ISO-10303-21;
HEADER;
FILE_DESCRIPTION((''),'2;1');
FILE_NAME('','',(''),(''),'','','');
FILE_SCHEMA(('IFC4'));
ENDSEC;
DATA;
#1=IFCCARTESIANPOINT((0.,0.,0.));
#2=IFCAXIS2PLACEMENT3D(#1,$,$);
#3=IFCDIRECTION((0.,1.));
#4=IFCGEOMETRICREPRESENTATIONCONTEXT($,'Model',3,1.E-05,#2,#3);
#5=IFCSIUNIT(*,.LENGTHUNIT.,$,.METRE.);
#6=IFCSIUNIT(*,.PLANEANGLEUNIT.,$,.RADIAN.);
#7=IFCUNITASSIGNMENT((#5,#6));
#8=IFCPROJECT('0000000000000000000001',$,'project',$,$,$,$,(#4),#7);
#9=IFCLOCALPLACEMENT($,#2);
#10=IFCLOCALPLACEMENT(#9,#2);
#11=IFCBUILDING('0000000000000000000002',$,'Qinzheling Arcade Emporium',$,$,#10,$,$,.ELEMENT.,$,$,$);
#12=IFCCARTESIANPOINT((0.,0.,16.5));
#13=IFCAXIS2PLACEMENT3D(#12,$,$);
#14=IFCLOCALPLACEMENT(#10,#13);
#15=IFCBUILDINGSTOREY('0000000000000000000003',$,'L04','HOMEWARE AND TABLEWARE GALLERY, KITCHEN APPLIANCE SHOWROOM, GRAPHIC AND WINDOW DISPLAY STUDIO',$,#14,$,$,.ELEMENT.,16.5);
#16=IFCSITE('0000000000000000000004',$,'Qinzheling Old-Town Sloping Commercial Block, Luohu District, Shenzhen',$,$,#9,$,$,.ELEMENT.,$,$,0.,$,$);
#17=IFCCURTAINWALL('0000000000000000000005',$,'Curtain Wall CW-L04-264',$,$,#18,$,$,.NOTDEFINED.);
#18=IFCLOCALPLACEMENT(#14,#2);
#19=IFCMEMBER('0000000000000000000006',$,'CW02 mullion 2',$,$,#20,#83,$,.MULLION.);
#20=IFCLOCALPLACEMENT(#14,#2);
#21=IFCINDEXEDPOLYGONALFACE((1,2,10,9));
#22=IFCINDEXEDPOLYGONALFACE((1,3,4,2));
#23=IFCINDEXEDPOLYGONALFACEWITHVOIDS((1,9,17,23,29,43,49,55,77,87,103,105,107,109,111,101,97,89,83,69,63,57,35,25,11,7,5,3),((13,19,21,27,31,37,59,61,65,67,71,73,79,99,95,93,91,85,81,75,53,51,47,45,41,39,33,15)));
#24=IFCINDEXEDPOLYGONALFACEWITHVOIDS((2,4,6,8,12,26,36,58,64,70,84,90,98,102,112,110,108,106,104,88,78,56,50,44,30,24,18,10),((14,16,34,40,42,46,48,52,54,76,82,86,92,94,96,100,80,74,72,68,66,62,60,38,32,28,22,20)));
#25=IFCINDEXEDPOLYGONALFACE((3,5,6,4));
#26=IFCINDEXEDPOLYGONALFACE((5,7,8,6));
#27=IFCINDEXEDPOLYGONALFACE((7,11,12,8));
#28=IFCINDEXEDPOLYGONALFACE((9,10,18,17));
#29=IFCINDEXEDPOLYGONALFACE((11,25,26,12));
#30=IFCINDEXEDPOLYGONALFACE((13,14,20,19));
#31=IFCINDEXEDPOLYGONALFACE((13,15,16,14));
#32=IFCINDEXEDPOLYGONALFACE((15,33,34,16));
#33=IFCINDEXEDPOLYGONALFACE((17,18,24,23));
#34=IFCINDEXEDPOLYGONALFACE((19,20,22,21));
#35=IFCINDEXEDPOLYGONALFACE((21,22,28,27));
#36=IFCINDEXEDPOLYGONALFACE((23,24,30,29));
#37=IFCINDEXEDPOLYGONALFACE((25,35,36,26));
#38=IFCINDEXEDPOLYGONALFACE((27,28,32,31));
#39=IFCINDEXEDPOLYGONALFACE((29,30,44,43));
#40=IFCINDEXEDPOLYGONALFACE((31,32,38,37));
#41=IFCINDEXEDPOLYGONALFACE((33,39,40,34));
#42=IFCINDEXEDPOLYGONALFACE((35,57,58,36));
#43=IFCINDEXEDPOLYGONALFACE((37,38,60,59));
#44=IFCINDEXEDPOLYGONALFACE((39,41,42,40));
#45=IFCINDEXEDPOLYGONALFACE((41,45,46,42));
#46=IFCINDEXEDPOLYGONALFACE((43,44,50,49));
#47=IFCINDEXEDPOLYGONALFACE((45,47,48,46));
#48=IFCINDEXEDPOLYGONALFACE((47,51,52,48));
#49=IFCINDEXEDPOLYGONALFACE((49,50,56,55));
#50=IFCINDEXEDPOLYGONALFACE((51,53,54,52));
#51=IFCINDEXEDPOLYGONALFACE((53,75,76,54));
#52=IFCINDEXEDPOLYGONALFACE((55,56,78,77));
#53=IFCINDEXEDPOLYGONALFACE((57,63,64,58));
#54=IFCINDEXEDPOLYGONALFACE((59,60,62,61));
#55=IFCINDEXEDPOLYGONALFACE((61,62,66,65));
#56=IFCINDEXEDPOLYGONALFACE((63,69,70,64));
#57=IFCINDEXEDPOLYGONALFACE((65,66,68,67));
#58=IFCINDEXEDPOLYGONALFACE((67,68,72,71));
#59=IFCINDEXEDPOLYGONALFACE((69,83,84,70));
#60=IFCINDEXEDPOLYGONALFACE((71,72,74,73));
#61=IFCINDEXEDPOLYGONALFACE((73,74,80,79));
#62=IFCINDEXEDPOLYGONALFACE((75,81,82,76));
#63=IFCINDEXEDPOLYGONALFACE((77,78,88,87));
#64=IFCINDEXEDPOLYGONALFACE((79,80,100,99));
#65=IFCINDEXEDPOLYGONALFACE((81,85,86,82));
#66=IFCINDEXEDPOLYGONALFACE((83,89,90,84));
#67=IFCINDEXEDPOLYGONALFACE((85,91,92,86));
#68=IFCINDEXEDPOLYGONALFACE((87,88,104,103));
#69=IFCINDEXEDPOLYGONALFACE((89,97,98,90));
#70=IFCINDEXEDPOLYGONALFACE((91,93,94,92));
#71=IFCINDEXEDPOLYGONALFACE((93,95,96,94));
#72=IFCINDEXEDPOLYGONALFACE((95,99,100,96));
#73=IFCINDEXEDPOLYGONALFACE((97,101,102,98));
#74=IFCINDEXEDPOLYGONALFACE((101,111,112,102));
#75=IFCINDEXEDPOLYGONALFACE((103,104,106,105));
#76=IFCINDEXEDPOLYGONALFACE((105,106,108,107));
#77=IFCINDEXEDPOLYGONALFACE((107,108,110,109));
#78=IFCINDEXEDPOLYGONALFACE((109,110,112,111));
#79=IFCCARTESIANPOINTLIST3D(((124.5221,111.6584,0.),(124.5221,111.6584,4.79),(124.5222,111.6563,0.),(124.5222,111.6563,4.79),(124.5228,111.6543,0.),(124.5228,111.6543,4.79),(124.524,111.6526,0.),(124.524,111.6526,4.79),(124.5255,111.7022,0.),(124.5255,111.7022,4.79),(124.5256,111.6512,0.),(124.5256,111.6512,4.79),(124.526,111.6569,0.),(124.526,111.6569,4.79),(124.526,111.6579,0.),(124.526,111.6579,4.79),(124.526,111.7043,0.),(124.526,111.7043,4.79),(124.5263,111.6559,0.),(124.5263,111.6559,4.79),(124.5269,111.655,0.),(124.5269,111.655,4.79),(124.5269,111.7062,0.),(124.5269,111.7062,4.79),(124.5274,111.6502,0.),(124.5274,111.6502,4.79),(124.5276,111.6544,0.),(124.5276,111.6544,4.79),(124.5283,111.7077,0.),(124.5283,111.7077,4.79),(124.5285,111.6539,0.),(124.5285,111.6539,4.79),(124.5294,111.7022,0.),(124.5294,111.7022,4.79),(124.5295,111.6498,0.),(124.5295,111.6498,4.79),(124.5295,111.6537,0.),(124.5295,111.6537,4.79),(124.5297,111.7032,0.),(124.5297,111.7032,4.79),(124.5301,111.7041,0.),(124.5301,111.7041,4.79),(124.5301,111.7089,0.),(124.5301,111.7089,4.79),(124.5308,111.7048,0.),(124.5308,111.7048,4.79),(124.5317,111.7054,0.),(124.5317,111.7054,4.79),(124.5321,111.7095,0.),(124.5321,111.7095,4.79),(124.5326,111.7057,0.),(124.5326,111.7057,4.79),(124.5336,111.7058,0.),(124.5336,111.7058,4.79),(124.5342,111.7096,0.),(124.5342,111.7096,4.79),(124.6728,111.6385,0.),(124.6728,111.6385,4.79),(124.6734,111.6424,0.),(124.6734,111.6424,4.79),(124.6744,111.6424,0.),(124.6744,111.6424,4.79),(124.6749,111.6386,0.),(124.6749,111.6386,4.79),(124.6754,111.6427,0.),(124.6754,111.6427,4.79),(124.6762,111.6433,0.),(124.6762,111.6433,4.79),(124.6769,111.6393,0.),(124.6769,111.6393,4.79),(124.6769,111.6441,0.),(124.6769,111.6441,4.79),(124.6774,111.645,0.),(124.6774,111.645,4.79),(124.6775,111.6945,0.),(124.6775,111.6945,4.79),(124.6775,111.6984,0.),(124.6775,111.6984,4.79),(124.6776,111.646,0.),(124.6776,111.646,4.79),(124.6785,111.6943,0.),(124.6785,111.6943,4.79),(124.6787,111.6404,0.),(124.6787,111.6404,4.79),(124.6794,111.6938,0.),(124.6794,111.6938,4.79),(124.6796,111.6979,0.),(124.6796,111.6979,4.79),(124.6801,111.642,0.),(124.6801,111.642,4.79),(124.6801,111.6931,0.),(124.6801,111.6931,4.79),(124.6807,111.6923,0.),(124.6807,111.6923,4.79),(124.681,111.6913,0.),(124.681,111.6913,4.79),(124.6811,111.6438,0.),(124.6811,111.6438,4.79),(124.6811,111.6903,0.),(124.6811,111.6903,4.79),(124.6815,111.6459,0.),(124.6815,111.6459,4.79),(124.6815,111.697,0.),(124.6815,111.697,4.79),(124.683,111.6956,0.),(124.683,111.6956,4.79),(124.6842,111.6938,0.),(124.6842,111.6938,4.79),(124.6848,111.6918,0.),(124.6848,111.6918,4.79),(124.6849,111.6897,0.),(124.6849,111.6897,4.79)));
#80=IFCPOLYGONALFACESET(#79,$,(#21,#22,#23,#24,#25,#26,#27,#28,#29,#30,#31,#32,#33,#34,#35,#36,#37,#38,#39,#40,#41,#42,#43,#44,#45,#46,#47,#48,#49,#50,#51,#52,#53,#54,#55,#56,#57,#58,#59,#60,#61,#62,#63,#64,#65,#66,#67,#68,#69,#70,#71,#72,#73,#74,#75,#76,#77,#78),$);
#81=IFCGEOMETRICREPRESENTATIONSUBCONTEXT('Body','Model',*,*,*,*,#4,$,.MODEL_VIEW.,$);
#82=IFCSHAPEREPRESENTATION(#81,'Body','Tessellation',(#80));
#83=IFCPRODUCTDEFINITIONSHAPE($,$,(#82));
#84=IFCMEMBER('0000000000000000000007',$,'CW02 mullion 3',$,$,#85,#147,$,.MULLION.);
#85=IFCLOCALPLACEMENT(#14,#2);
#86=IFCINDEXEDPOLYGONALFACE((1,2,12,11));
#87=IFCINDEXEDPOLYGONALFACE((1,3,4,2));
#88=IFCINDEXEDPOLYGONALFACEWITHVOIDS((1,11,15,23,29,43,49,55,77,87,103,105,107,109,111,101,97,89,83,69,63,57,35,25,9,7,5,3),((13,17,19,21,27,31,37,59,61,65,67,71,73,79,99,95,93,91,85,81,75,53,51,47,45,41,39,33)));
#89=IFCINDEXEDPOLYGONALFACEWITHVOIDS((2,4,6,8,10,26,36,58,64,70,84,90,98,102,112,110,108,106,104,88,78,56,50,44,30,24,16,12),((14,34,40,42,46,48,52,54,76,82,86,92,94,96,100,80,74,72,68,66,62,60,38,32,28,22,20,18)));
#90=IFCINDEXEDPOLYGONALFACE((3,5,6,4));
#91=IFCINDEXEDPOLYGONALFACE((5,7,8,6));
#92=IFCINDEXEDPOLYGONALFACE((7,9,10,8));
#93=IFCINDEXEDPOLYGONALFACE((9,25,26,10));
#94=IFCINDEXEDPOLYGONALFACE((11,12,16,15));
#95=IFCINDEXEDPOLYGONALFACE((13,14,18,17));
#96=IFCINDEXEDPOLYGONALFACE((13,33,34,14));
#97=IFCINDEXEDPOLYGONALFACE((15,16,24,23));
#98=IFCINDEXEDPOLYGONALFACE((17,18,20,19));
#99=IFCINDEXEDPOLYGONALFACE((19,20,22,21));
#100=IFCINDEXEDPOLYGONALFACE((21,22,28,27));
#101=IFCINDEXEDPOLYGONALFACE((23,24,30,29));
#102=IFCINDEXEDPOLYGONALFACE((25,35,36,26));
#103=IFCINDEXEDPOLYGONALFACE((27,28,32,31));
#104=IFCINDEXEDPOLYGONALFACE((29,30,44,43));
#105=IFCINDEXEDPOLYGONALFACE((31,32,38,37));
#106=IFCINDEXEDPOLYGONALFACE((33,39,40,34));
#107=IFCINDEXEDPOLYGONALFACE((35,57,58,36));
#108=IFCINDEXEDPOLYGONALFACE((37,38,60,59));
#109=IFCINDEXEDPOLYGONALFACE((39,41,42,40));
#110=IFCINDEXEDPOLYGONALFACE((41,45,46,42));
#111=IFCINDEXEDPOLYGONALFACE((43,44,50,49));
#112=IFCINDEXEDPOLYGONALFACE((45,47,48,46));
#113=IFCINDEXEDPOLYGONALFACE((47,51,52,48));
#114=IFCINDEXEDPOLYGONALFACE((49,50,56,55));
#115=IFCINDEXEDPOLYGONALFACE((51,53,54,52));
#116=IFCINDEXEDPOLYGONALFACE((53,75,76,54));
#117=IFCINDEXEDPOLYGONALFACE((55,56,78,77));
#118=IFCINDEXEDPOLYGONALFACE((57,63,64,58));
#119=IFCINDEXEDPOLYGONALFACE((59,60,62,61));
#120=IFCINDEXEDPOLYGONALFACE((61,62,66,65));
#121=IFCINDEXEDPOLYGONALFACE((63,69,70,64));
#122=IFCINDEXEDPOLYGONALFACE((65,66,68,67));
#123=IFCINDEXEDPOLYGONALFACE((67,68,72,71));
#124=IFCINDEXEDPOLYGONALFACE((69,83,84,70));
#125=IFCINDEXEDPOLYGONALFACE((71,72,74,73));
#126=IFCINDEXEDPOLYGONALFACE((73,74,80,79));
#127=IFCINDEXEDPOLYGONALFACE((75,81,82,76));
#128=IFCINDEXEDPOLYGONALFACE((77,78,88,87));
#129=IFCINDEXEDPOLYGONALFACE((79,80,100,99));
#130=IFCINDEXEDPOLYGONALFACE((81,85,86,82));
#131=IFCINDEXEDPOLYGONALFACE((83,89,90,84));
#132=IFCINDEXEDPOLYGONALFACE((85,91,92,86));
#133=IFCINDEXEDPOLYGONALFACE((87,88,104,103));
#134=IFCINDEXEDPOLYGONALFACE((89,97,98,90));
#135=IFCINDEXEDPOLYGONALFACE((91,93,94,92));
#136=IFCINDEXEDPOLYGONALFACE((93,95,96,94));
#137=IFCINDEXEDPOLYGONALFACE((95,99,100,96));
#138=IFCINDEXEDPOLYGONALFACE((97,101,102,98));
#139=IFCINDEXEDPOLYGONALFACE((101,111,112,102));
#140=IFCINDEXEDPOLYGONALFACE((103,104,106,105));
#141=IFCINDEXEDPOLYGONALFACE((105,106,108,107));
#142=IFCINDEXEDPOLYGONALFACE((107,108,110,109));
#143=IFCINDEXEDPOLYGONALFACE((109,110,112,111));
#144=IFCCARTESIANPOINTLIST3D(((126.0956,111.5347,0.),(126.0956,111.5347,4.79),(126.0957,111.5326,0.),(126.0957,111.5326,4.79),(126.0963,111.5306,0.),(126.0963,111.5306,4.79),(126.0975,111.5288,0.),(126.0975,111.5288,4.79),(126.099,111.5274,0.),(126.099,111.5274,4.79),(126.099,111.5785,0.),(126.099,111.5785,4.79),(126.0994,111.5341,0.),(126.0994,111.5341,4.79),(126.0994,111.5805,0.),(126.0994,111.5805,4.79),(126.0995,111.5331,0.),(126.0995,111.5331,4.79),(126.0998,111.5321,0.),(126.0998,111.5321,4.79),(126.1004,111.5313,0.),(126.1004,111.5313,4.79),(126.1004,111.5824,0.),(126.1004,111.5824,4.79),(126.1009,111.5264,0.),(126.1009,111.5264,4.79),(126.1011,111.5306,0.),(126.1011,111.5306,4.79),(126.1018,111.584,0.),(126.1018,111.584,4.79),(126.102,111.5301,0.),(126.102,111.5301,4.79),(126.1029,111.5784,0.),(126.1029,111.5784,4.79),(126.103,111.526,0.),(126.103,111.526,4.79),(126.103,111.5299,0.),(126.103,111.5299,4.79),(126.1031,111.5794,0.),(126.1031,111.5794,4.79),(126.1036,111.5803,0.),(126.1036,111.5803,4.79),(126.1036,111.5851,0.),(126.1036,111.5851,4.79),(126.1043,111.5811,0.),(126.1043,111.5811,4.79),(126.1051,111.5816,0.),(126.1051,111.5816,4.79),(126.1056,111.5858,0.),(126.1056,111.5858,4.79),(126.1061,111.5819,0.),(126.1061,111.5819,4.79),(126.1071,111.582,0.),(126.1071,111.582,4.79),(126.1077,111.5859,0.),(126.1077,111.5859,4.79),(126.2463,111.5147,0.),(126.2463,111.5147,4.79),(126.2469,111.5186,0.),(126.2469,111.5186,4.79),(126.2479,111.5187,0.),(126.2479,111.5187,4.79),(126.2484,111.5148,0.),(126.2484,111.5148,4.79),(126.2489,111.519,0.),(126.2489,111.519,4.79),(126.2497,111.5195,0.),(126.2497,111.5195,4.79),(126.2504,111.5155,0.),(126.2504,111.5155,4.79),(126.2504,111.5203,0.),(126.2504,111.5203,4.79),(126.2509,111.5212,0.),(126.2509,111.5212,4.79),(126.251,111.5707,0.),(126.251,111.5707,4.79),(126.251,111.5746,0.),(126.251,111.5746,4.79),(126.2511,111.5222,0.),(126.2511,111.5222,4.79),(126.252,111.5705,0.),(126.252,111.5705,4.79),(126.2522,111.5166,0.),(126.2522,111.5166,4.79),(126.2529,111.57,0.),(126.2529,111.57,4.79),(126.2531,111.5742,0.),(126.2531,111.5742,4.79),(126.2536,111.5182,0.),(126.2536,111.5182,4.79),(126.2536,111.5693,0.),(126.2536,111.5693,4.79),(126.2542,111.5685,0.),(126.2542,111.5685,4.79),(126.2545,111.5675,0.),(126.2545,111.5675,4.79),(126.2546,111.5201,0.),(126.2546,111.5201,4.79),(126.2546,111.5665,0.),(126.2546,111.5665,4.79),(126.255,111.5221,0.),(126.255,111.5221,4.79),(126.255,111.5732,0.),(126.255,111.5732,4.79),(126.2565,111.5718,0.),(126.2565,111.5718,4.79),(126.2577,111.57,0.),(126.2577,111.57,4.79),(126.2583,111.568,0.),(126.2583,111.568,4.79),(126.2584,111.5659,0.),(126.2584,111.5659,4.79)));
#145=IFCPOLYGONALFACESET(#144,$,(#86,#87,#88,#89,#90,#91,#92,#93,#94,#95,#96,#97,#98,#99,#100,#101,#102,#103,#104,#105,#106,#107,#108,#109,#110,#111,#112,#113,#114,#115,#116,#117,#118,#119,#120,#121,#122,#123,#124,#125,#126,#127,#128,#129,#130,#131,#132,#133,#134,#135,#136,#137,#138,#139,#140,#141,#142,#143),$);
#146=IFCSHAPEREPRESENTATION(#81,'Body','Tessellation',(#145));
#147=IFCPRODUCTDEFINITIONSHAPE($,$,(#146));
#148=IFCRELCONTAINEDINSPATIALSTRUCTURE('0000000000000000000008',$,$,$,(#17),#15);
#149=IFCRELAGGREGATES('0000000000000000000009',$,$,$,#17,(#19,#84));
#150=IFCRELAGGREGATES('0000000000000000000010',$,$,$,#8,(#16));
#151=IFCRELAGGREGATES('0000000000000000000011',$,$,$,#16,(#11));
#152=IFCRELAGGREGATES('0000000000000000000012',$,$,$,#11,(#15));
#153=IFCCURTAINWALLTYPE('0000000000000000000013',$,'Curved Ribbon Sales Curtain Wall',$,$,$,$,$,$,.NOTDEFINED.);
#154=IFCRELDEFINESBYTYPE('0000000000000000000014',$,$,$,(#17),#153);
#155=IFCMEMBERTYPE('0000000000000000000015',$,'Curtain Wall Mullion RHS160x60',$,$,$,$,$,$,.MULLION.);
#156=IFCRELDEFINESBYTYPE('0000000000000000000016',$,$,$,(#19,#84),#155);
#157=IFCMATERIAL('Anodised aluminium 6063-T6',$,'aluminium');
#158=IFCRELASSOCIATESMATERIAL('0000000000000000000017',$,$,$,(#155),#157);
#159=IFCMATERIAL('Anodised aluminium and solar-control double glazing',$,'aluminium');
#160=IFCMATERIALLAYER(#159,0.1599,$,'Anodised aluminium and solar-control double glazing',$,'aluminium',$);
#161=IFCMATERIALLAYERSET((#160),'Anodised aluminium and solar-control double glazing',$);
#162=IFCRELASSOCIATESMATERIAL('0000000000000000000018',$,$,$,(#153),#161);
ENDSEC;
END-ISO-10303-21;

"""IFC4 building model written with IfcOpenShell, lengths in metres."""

from ifc_helpers import new_model, si_unit, direction, frame, origin, origin_2d, place, context, subcontext, project, spatial, hollow_rectangle, extrude, material, layer, layer_set, material_profile, profile_set, type_object, element, aggregate, save


model = new_model("IFC4")

# Units and contexts
model_context = context("Model", 3, precision=1e-05, world=origin(), true_north=direction((0.0, 1.0)))
body_context = subcontext(model_context, "Body", "Model", "MODEL_VIEW")
ifc_project = project(units=[si_unit("LENGTHUNIT", "METRE"), si_unit("PLANEANGLEUNIT", "RADIAN")], contexts=[model_context])

# Site, building, storey
site_placement = place(None, origin())
site = spatial("IfcSite", under=ifc_project, at=site_placement, Name="Qinzheling Old-Town Sloping Commercial Block, Luohu District, Shenzhen", CompositionType="ELEMENT", RefElevation=0.0)
building_placement = place(site_placement, origin())
building = spatial("IfcBuilding", under=site, at=building_placement, Name="Qinzheling Arcade Emporium", CompositionType="ELEMENT")
storey_placement = place(building_placement, frame((0.0, 0.0, 16.5)))
storey = spatial("IfcBuildingStorey", under=building, at=storey_placement, Name="L04", Description="HOMEWARE AND TABLEWARE GALLERY, KITCHEN APPLIANCE SHOWROOM, GRAPHIC AND WINDOW DISPLAY STUDIO", CompositionType="ELEMENT", Elevation=16.5)

# Shared definitions
ifc_material_1 = material(Name="Anodised aluminium and solar-control double glazing", Category="aluminium")
ifc_material_2 = material(Name="Anodised aluminium 6063-T6", Category="aluminium")
ifc_material_profile_1 = material_profile(ifc_material_2, hollow_rectangle(XDim=0.0601, YDim=0.1599, WallThickness=0.0039, InnerFilletRadius=0.0039, OuterFilletRadius=0.0081, at=origin_2d()), Name="RHS 160x60x4", Category="aluminium")
ifc_profile_set_1 = profile_set([ifc_material_profile_1], Name="Anodised aluminium 6063-T6")
member_type_1 = type_object("IfcMemberType", Name="Curtain Wall Mullion RHS160x60", PredefinedType="MULLION", material=ifc_profile_set_1)

# Curtain wall, members
ifc_layer_1 = layer(ifc_material_1, 0.1599, Name="Anodised aluminium and solar-control double glazing", Category="aluminium")
ifc_layer_set_1 = layer_set([ifc_layer_1], Name="Anodised aluminium and solar-control double glazing")
curtain_wall_type_1 = type_object("IfcCurtainWallType", Name="Curved Ribbon Sales Curtain Wall", PredefinedType="NOTDEFINED", material=ifc_layer_set_1)
curtain_wall_1_placement = place(storey_placement, origin())
curtain_wall_1 = element("IfcCurtainWall", 1, at=curtain_wall_1_placement, inside=storey, type_object=curtain_wall_type_1, Name="Curtain Wall CW-L04-264", PredefinedType="NOTDEFINED")
member_1_placement = place(storey_placement, frame((124.6035, 111.6741, 0.0), z_axis=(0.0, 0.0, 1.0), x_axis=(0.078337, 0.996927, 0.0)))
member_1 = element("IfcMember", 2, at=member_1_placement, type_object=member_type_1, Name="CW02 mullion 2", PredefinedType="MULLION", context=body_context, shape_type="SweptSolid", body=[
    extrude(hollow_rectangle(XDim=0.0601, YDim=0.1599, WallThickness=0.0039, InnerFilletRadius=0.0039, OuterFilletRadius=0.0081, at=origin_2d()), origin(), (0.0, 0.0, 1.0), 4.79),
])
member_2_placement = place(storey_placement, frame((126.177, 111.5503, 0.0), z_axis=(0.0, 0.0, 1.0), x_axis=(0.078337, 0.996927, 0.0)))
member_2 = element("IfcMember", 3, at=member_2_placement, type_object=member_type_1, Name="CW02 mullion 3", PredefinedType="MULLION", context=body_context, shape_type="SweptSolid", body=[
    extrude(hollow_rectangle(XDim=0.0601, YDim=0.1599, WallThickness=0.0039, InnerFilletRadius=0.0039, OuterFilletRadius=0.0081, at=origin_2d()), origin(), (0.0, 0.0, 1.0), 4.79),
])

aggregate(curtain_wall_1, [member_1, member_2])

save(model, "model.ifc")
